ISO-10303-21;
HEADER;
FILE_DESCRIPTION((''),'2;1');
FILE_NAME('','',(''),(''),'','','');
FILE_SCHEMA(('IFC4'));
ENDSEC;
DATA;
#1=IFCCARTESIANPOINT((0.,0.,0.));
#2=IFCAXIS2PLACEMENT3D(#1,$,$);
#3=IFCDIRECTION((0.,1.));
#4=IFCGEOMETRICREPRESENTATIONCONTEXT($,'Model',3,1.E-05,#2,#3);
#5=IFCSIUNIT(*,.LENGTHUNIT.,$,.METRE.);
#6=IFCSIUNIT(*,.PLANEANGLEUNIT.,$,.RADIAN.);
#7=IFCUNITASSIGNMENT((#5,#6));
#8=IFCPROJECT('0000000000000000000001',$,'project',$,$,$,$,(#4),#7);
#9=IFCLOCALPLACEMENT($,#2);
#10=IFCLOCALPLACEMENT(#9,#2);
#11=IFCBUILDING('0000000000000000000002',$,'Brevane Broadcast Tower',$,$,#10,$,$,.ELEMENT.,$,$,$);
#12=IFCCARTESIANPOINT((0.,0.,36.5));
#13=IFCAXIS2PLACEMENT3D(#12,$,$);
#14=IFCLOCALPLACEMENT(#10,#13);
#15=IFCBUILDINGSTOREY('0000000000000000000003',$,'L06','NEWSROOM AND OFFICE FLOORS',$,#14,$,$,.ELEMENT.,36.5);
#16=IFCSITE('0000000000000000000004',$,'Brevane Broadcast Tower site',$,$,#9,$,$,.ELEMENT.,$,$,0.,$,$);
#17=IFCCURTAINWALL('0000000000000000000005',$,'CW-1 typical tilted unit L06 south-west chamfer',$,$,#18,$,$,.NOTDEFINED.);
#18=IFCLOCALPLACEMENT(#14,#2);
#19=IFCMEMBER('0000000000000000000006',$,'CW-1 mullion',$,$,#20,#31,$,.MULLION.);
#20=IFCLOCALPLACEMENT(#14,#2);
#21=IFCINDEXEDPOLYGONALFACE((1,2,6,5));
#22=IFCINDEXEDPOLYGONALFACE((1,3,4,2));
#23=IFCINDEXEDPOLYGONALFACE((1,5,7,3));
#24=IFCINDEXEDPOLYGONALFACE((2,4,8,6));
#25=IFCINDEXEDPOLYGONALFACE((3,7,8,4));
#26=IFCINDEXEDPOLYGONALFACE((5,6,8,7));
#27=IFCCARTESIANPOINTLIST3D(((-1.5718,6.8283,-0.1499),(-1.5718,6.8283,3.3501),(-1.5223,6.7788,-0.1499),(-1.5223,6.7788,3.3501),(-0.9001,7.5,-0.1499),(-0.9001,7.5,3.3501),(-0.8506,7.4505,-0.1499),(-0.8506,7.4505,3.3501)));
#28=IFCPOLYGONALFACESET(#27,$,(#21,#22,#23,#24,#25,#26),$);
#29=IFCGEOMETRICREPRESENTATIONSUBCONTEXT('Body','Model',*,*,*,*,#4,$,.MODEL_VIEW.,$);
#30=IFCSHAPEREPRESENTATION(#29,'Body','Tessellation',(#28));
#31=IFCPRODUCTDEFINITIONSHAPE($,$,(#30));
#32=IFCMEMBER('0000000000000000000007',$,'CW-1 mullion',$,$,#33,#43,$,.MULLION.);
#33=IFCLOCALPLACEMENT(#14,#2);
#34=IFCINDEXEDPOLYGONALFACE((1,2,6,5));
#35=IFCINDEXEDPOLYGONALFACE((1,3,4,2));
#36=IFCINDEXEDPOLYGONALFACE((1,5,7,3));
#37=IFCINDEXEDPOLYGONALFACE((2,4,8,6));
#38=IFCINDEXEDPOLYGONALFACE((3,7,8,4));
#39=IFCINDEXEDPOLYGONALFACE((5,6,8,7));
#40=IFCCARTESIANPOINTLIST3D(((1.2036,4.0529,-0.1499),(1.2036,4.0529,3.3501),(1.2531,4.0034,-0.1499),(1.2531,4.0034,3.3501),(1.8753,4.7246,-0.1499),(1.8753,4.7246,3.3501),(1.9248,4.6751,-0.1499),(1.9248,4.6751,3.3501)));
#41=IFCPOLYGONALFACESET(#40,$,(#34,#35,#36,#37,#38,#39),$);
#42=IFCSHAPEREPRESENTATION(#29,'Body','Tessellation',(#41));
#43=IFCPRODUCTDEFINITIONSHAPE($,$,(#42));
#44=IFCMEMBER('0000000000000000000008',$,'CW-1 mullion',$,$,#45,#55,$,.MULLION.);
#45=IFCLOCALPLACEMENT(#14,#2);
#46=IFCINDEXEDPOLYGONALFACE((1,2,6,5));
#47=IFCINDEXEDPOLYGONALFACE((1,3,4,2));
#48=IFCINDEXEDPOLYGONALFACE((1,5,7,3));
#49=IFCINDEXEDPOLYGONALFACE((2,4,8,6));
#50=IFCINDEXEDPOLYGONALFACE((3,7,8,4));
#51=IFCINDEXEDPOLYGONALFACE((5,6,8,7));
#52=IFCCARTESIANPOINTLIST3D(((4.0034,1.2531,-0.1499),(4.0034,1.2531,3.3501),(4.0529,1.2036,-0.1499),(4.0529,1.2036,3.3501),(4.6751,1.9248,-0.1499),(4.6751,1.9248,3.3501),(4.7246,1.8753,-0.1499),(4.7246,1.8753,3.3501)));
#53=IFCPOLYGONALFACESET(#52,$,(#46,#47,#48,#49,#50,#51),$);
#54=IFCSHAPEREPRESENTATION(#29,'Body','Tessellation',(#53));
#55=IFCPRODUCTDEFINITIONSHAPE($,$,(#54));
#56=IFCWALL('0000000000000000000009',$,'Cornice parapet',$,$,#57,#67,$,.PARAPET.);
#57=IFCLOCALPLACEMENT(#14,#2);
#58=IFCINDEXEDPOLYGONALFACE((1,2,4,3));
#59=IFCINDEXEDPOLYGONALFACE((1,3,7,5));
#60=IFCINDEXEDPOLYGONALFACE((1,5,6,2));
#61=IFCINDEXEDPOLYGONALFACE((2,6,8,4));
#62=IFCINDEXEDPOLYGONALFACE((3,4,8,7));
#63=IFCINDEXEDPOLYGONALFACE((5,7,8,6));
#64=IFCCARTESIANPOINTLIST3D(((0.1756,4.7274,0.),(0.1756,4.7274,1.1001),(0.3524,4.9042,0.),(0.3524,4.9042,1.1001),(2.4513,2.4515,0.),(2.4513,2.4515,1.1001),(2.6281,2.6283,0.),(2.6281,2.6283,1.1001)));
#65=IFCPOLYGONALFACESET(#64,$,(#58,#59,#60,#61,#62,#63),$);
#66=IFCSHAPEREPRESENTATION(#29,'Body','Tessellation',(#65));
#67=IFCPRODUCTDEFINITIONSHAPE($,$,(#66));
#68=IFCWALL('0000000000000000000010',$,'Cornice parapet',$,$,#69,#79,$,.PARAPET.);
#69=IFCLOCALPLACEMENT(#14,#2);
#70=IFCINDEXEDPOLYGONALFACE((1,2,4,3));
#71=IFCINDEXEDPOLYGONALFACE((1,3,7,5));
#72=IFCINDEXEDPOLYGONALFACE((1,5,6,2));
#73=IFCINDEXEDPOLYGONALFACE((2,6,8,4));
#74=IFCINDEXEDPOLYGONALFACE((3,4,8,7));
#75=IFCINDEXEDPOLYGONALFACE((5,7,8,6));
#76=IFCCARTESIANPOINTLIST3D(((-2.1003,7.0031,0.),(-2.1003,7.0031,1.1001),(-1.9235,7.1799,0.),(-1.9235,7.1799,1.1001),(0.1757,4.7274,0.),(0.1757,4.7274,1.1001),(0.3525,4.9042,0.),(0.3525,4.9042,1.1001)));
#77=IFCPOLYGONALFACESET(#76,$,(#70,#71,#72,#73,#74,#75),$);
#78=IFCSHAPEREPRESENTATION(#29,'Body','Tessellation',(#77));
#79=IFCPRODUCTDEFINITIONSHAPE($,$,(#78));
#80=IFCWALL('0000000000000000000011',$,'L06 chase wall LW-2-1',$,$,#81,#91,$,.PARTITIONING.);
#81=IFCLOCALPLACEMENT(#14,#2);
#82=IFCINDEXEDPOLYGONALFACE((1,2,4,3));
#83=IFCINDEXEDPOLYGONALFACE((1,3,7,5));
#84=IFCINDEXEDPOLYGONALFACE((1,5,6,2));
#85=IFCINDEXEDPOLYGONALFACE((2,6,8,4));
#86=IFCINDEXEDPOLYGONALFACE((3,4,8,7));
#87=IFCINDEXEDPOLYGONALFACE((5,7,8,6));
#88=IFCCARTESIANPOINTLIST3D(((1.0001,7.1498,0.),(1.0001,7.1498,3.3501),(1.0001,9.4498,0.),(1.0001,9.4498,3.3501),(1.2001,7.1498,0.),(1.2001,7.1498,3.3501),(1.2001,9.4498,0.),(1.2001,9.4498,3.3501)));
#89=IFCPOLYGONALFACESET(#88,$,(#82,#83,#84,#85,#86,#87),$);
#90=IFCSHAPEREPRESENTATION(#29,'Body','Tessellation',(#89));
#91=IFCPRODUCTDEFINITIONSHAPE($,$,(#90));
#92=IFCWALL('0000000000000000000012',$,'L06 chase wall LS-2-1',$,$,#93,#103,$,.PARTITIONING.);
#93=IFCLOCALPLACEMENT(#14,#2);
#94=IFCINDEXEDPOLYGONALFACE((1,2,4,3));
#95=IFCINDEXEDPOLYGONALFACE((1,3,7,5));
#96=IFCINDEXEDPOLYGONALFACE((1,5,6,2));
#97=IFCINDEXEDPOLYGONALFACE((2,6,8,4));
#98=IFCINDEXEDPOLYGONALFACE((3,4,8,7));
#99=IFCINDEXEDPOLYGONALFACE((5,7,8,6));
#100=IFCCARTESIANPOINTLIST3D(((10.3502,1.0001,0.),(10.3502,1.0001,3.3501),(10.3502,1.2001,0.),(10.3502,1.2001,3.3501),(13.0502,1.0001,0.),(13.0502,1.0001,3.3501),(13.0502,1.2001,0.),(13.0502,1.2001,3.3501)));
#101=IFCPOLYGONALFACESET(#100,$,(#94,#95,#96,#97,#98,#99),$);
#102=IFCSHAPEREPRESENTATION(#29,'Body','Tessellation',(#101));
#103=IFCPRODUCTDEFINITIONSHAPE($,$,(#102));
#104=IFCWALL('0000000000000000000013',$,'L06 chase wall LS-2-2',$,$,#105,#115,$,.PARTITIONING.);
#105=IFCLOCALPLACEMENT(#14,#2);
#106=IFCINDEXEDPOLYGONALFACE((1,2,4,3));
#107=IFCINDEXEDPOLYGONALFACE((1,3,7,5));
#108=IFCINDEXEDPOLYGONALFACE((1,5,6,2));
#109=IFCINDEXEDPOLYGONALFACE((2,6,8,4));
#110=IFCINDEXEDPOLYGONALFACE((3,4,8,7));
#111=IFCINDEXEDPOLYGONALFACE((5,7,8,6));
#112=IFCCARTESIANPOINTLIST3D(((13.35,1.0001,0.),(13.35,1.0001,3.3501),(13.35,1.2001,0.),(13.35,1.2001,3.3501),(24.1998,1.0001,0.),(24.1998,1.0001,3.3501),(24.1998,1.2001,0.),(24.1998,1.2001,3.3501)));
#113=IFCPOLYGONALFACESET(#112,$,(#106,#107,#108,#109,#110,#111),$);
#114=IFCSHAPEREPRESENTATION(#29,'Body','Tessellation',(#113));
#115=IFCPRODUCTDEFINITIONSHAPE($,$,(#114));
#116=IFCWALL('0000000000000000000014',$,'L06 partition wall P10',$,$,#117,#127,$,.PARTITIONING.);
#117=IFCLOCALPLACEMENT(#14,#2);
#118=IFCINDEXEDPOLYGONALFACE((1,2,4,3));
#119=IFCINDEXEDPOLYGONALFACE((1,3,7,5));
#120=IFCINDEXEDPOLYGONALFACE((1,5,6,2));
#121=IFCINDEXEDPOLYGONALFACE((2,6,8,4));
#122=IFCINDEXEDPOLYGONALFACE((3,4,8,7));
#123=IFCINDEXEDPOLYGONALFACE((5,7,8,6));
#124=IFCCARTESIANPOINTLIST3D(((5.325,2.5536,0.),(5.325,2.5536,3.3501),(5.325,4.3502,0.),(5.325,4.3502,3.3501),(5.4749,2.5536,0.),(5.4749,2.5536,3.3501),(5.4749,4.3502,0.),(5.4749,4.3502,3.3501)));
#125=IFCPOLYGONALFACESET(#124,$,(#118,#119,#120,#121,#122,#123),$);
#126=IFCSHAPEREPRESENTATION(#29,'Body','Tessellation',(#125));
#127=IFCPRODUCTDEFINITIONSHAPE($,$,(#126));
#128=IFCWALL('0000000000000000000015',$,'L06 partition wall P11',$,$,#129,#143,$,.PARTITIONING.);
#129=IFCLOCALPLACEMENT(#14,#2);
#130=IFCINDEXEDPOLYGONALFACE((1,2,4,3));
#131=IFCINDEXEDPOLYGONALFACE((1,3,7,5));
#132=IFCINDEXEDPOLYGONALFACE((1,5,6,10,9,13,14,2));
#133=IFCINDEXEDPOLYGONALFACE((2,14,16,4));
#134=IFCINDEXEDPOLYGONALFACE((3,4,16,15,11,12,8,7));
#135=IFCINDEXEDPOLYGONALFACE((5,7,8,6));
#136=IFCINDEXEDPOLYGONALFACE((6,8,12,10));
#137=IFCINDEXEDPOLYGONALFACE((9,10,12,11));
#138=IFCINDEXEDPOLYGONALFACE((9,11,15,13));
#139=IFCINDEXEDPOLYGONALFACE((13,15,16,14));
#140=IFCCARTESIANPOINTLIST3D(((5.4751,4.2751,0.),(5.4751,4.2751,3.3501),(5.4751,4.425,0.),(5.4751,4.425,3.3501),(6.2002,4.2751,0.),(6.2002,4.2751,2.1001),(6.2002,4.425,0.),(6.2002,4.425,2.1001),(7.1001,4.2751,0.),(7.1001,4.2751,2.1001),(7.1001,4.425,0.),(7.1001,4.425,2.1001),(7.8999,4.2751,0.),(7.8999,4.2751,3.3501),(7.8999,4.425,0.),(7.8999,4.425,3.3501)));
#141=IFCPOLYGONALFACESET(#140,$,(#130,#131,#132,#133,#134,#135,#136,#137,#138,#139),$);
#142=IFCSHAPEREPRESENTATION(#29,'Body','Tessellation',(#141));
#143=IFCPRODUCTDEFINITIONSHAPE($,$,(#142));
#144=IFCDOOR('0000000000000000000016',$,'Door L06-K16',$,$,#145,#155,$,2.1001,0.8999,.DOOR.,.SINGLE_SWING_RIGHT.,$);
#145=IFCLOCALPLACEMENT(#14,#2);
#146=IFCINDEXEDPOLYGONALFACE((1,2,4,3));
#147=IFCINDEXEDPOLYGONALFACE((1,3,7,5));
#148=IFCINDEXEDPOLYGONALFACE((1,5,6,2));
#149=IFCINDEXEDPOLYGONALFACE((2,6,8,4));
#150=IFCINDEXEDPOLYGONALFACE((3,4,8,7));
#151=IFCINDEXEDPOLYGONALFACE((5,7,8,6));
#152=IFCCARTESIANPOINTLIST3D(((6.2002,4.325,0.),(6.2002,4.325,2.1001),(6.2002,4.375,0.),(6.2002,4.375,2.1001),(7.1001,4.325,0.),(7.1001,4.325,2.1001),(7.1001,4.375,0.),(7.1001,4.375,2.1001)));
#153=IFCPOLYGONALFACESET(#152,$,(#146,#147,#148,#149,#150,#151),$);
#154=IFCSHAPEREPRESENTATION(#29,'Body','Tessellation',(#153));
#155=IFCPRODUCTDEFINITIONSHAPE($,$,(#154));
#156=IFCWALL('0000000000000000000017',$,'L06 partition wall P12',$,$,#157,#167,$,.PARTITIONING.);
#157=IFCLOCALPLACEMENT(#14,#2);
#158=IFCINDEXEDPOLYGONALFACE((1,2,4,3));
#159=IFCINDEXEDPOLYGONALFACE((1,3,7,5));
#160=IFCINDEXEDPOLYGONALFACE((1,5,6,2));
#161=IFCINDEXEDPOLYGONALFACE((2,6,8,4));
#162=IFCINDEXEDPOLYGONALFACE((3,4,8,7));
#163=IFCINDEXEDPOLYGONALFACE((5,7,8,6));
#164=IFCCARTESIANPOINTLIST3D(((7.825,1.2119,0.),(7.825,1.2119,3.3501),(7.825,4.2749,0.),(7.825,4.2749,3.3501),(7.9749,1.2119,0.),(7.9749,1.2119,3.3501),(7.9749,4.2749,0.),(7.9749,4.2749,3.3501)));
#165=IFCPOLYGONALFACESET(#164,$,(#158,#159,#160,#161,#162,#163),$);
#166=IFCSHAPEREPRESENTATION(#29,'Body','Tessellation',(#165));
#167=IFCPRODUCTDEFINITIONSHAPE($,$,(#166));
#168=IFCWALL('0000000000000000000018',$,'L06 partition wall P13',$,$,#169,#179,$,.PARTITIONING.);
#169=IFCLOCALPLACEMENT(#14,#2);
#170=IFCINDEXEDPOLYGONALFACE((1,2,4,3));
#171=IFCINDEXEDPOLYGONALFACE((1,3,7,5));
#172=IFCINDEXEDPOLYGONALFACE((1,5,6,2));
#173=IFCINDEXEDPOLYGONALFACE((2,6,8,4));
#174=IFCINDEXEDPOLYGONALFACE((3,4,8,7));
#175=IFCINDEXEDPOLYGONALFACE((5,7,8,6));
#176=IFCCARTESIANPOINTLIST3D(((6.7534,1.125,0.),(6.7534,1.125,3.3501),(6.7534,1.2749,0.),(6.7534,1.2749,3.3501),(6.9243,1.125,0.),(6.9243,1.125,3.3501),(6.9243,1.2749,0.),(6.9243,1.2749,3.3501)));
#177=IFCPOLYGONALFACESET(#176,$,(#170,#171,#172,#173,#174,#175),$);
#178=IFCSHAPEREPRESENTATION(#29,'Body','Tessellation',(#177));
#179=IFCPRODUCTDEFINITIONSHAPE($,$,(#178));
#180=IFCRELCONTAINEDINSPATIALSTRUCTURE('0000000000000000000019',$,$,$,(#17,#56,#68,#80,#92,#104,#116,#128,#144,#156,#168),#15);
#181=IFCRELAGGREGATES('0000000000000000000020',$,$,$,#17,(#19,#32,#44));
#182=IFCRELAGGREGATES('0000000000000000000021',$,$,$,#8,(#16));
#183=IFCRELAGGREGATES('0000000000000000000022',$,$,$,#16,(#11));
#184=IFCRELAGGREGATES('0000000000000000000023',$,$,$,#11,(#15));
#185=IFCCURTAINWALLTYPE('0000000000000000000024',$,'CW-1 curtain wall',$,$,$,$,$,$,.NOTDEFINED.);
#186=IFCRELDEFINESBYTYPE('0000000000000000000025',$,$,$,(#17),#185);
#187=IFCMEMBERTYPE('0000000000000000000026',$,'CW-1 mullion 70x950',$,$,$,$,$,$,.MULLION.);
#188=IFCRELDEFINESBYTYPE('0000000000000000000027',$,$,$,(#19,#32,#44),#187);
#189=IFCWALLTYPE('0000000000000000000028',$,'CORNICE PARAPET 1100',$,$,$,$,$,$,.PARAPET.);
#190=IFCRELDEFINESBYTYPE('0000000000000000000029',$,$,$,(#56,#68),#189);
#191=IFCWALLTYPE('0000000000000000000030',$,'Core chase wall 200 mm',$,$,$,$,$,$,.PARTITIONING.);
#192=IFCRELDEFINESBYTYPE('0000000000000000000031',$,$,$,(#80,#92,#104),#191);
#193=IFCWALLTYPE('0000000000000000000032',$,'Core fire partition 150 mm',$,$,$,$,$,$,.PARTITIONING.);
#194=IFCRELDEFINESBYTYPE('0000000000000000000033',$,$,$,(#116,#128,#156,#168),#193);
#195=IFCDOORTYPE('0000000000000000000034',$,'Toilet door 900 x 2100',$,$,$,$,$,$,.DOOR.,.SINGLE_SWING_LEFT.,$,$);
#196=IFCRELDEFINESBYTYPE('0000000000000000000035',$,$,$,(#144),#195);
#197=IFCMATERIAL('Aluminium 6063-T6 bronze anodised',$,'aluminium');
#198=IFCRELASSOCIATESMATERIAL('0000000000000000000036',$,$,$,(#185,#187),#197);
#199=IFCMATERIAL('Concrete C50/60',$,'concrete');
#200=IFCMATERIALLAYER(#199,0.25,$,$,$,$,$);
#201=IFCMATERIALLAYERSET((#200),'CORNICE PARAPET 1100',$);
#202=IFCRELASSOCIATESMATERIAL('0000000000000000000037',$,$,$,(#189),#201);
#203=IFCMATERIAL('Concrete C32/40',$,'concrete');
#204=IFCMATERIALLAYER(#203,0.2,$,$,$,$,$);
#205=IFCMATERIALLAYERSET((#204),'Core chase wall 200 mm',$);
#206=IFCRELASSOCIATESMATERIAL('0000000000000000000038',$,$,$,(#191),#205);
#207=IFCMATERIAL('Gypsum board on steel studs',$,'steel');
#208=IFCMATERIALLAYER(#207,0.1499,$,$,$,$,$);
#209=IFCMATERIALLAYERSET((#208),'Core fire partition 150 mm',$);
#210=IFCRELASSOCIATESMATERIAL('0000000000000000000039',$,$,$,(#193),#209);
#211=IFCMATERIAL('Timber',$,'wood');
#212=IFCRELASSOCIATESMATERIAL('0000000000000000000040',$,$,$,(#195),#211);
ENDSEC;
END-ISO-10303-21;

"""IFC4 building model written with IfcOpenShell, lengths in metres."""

from ifc_helpers import new_model, si_unit, direction, frame, frame_2d, origin, origin_2d, place, context, subcontext, project, spatial, rectangle, extrude, material, layer, layer_set, material_profile, profile_set, type_object, element, fill, aggregate, save


model = new_model("IFC4")

# Units and contexts
model_context = context("Model", 3, precision=1e-05, world=origin(), true_north=direction((0.0, 1.0)))
body_context = subcontext(model_context, "Body", "Model", "MODEL_VIEW")
ifc_project = project(units=[si_unit("LENGTHUNIT", "METRE"), si_unit("PLANEANGLEUNIT", "RADIAN")], contexts=[model_context])

# Site, building, storey
site_placement = place(None, origin())
site = spatial("IfcSite", under=ifc_project, at=site_placement, Name="Brevane Broadcast Tower site", CompositionType="ELEMENT", RefElevation=0.0)
building_placement = place(site_placement, origin())
building = spatial("IfcBuilding", under=site, at=building_placement, Name="Brevane Broadcast Tower", CompositionType="ELEMENT")
storey_placement = place(building_placement, frame((0.0, 0.0, 36.5)))
storey = spatial("IfcBuildingStorey", under=building, at=storey_placement, Name="L06", Description="NEWSROOM AND OFFICE FLOORS", CompositionType="ELEMENT", Elevation=36.5)

# Curtain wall, members
ifc_material_1 = material(Name="Aluminium 6063-T6 bronze anodised", Category="aluminium")
curtain_wall_type = type_object("IfcCurtainWallType", Name="CW-1 curtain wall", PredefinedType="NOTDEFINED", material=ifc_material_1)
curtain_wall_placement = place(storey_placement, origin())
curtain_wall = element("IfcCurtainWall", 1, at=curtain_wall_placement, inside=storey, type_object=curtain_wall_type, Name="CW-1 typical tilted unit L06 south-west chamfer", PredefinedType="NOTDEFINED")
ifc_material_profile = material_profile(ifc_material_1, rectangle(XDim=0.95, YDim=0.0701, at=origin_2d()), Name="RECT 70x950")
ifc_profile_set = profile_set([ifc_material_profile], Name="Aluminium 6063-T6 bronze anodised")
member_type = type_object("IfcMemberType", Name="CW-1 mullion 70x950", PredefinedType="MULLION", material=ifc_profile_set)
member_1_placement = place(storey_placement, frame((-1.2112, 7.1394, -0.1499), z_axis=(0.0, 0.0, 1.0), x_axis=(0.707107, 0.707107, 0.0)))
member_1 = element("IfcMember", 2, at=member_1_placement, type_object=member_type, Name="CW-1 mullion", PredefinedType="MULLION", context=body_context, shape_type="SweptSolid", body=[
    extrude(rectangle(XDim=0.95, YDim=0.0701, at=origin_2d()), origin(), (0.0, 0.0, 1.0), 3.5),
])
member_2_placement = place(storey_placement, frame((1.5642, 4.364, -0.1499), z_axis=(0.0, 0.0, 1.0), x_axis=(0.707107, 0.707107, 0.0)))
member_2 = element("IfcMember", 3, at=member_2_placement, type_object=member_type, Name="CW-1 mullion", PredefinedType="MULLION", context=body_context, shape_type="SweptSolid", body=[
    extrude(rectangle(XDim=0.95, YDim=0.0701, at=origin_2d()), origin(), (0.0, 0.0, 1.0), 3.5),
])
member_3_placement = place(storey_placement, frame((4.364, 1.5642, -0.1499), z_axis=(0.0, 0.0, 1.0), x_axis=(0.707107, 0.707107, 0.0)))
member_3 = element("IfcMember", 4, at=member_3_placement, type_object=member_type, Name="CW-1 mullion", PredefinedType="MULLION", context=body_context, shape_type="SweptSolid", body=[
    extrude(rectangle(XDim=0.95, YDim=0.0701, at=origin_2d()), origin(), (0.0, 0.0, 1.0), 3.5),
])
aggregate(curtain_wall, [member_1, member_2, member_3])

# Walls
ifc_material_2 = material(Name="Concrete C50/60", Category="concrete")
ifc_layer_1 = layer(ifc_material_2, 0.25)
ifc_layer_set_1 = layer_set([ifc_layer_1], Name="CORNICE PARAPET 1100")
wall_type_1 = type_object("IfcWallType", Name="CORNICE PARAPET 1100", PredefinedType="PARAPET", material=ifc_layer_set_1)
for number, where, z_axis, x_axis, name in (
    (5, (2.5398, 2.5398, 0.0), (0.0, 0.0, 1.0), (-0.707069, 0.707145, 0.0), "Cornice parapet"),
    (6, (0.2642, 4.8157, 0.0), (0.0, 0.0, 1.0), (-0.707145, 0.707069, 0.0), "Cornice parapet"),
):
    element("IfcWall", number, at=place(storey_placement, frame(where, z_axis=z_axis, x_axis=x_axis)), inside=storey, type_object=wall_type_1, Name=name, PredefinedType="PARAPET", context=body_context, shape_type="SweptSolid", body=[
        extrude(rectangle(XDim=3.2185, YDim=0.25, at=frame_2d((1.6094, 0.0))), origin(), (0.0, 0.0, 1.0), 1.1001),
    ])
ifc_material_3 = material(Name="Concrete C32/40", Category="concrete")
ifc_layer_2 = layer(ifc_material_3, 0.2)
ifc_layer_set_2 = layer_set([ifc_layer_2], Name="Core chase wall 200 mm")
wall_type_2 = type_object("IfcWallType", Name="Core chase wall 200 mm", PredefinedType="PARTITIONING", material=ifc_layer_set_2)
wall_1_placement = place(storey_placement, frame((1.1001, 7.1499, 0.0), z_axis=(0.0, 0.0, 1.0), x_axis=(0.0, 1.0, 0.0)))
element("IfcWall", 7, at=wall_1_placement, inside=storey, type_object=wall_type_2, Name="L06 chase wall LW-2-1", PredefinedType="PARTITIONING", context=body_context, shape_type="SweptSolid", body=[
    extrude(rectangle(XDim=2.3, YDim=0.2, at=frame_2d((1.1499, 0.0))), origin(), (0.0, 0.0, 1.0), 3.3501),
])
wall_2_placement = place(storey_placement, frame((10.3501, 1.1001, 0.0), z_axis=(0.0, 0.0, 1.0), x_axis=(1.0, 0.0, 0.0)))
element("IfcWall", 8, at=wall_2_placement, inside=storey, type_object=wall_type_2, Name="L06 chase wall LS-2-1", PredefinedType="PARTITIONING", context=body_context, shape_type="SweptSolid", body=[
    extrude(rectangle(XDim=2.7, YDim=0.2, at=frame_2d((1.3501, 0.0))), origin(), (0.0, 0.0, 1.0), 3.3501),
])
wall_3_placement = place(storey_placement, frame((13.3501, 1.1001, 0.0), z_axis=(0.0, 0.0, 1.0), x_axis=(1.0, 0.0, 0.0)))
element("IfcWall", 9, at=wall_3_placement, inside=storey, type_object=wall_type_2, Name="L06 chase wall LS-2-2", PredefinedType="PARTITIONING", context=body_context, shape_type="SweptSolid", body=[
    extrude(rectangle(XDim=10.8499, YDim=0.2, at=frame_2d((5.4248, 0.0))), origin(), (0.0, 0.0, 1.0), 3.3501),
])
ifc_material_4 = material(Name="Gypsum board on steel studs", Category="steel")
ifc_layer_3 = layer(ifc_material_4, 0.1499)
ifc_layer_set_3 = layer_set([ifc_layer_3], Name="Core fire partition 150 mm")
wall_type_3 = type_object("IfcWallType", Name="Core fire partition 150 mm", PredefinedType="PARTITIONING", material=ifc_layer_set_3)
wall_4_placement = place(storey_placement, frame((5.3999, 2.5535, 0.0), z_axis=(0.0, 0.0, 1.0), x_axis=(0.0, 1.0, 0.0)))
element("IfcWall", 10, at=wall_4_placement, inside=storey, type_object=wall_type_3, Name="L06 partition wall P10", PredefinedType="PARTITIONING", context=body_context, shape_type="SweptSolid", body=[
    extrude(rectangle(XDim=1.7966, YDim=0.1499, at=frame_2d((0.8984, 0.0))), origin(), (0.0, 0.0, 1.0), 3.3501),
])

# Wall, opening, door
wall_5_placement = place(storey_placement, frame((5.4751, 4.3501, 0.0), z_axis=(0.0, 0.0, 1.0), x_axis=(1.0, 0.0, 0.0)))
wall_5 = element("IfcWall", 11, at=wall_5_placement, inside=storey, type_object=wall_type_3, Name="L06 partition wall P11", PredefinedType="PARTITIONING", context=body_context, shape_type="SweptSolid", body=[
    extrude(rectangle(XDim=2.4248, YDim=0.1499, at=frame_2d((1.2124, 0.0))), origin(), (0.0, 0.0, 1.0), 3.3501),
])
opening_1_placement = place(wall_5_placement, frame((0.7251, 0.0, 0.0)))
opening_1 = element("IfcOpeningElement", 12, at=opening_1_placement, cuts=wall_5, PredefinedType="OPENING", context=body_context, shape_type="SweptSolid", body=[
    extrude(rectangle(XDim=0.8999, YDim=2.1001, at=frame_2d((0.45, 1.05))), frame((0.0, 0.085, 0.0), z_axis=(0.0, -1.0, 0.0), x_axis=(1.0, 0.0, 0.0)), (0.0, 0.0, 1.0), 0.1699),
])
ifc_material_5 = material(Name="Timber", Category="wood")
door_type_1 = type_object("IfcDoorType", Name="Toilet door 900 x 2100", OperationType="SINGLE_SWING_LEFT", PredefinedType="DOOR", material=ifc_material_5)
door_1_placement = place(opening_1_placement, origin())
door_1 = element("IfcDoor", 13, at=door_1_placement, inside=storey, type_object=door_type_1, Name="Door L06-K16", OperationType="SINGLE_SWING_RIGHT", OverallHeight=2.1001, OverallWidth=0.8999, PredefinedType="DOOR", context=body_context, shape_type="SweptSolid", body=[
    extrude(rectangle(XDim=0.8999, YDim=2.1001, at=frame_2d((0.45, 1.05))), frame((0.0, 0.0249, 0.0), z_axis=(0.0, -1.0, 0.0), x_axis=(1.0, 0.0, 0.0)), (0.0, 0.0, 1.0), 0.05),
])
fill(opening_1, door_1)

# Walls
wall_6_placement = place(storey_placement, frame((7.8999, 4.2749, 0.0), z_axis=(0.0, 0.0, 1.0), x_axis=(0.0, -1.0, 0.0)))
element("IfcWall", 14, at=wall_6_placement, inside=storey, type_object=wall_type_3, Name="L06 partition wall P12", PredefinedType="PARTITIONING", context=body_context, shape_type="SweptSolid", body=[
    extrude(rectangle(XDim=3.063, YDim=0.1499, at=frame_2d((1.5315, 0.0))), origin(), (0.0, 0.0, 1.0), 3.3501),
])
wall_7_placement = place(storey_placement, frame((6.9243, 1.2, 0.0), z_axis=(0.0, 0.0, 1.0), x_axis=(-1.0, 0.0, 0.0)))
element("IfcWall", 15, at=wall_7_placement, inside=storey, type_object=wall_type_3, Name="L06 partition wall P13", PredefinedType="PARTITIONING", context=body_context, shape_type="SweptSolid", body=[
    extrude(rectangle(XDim=0.1709, YDim=0.1499, at=frame_2d((0.0854, 0.0))), origin(), (0.0, 0.0, 1.0), 3.3501),
])

save(model, "model.ifc")
